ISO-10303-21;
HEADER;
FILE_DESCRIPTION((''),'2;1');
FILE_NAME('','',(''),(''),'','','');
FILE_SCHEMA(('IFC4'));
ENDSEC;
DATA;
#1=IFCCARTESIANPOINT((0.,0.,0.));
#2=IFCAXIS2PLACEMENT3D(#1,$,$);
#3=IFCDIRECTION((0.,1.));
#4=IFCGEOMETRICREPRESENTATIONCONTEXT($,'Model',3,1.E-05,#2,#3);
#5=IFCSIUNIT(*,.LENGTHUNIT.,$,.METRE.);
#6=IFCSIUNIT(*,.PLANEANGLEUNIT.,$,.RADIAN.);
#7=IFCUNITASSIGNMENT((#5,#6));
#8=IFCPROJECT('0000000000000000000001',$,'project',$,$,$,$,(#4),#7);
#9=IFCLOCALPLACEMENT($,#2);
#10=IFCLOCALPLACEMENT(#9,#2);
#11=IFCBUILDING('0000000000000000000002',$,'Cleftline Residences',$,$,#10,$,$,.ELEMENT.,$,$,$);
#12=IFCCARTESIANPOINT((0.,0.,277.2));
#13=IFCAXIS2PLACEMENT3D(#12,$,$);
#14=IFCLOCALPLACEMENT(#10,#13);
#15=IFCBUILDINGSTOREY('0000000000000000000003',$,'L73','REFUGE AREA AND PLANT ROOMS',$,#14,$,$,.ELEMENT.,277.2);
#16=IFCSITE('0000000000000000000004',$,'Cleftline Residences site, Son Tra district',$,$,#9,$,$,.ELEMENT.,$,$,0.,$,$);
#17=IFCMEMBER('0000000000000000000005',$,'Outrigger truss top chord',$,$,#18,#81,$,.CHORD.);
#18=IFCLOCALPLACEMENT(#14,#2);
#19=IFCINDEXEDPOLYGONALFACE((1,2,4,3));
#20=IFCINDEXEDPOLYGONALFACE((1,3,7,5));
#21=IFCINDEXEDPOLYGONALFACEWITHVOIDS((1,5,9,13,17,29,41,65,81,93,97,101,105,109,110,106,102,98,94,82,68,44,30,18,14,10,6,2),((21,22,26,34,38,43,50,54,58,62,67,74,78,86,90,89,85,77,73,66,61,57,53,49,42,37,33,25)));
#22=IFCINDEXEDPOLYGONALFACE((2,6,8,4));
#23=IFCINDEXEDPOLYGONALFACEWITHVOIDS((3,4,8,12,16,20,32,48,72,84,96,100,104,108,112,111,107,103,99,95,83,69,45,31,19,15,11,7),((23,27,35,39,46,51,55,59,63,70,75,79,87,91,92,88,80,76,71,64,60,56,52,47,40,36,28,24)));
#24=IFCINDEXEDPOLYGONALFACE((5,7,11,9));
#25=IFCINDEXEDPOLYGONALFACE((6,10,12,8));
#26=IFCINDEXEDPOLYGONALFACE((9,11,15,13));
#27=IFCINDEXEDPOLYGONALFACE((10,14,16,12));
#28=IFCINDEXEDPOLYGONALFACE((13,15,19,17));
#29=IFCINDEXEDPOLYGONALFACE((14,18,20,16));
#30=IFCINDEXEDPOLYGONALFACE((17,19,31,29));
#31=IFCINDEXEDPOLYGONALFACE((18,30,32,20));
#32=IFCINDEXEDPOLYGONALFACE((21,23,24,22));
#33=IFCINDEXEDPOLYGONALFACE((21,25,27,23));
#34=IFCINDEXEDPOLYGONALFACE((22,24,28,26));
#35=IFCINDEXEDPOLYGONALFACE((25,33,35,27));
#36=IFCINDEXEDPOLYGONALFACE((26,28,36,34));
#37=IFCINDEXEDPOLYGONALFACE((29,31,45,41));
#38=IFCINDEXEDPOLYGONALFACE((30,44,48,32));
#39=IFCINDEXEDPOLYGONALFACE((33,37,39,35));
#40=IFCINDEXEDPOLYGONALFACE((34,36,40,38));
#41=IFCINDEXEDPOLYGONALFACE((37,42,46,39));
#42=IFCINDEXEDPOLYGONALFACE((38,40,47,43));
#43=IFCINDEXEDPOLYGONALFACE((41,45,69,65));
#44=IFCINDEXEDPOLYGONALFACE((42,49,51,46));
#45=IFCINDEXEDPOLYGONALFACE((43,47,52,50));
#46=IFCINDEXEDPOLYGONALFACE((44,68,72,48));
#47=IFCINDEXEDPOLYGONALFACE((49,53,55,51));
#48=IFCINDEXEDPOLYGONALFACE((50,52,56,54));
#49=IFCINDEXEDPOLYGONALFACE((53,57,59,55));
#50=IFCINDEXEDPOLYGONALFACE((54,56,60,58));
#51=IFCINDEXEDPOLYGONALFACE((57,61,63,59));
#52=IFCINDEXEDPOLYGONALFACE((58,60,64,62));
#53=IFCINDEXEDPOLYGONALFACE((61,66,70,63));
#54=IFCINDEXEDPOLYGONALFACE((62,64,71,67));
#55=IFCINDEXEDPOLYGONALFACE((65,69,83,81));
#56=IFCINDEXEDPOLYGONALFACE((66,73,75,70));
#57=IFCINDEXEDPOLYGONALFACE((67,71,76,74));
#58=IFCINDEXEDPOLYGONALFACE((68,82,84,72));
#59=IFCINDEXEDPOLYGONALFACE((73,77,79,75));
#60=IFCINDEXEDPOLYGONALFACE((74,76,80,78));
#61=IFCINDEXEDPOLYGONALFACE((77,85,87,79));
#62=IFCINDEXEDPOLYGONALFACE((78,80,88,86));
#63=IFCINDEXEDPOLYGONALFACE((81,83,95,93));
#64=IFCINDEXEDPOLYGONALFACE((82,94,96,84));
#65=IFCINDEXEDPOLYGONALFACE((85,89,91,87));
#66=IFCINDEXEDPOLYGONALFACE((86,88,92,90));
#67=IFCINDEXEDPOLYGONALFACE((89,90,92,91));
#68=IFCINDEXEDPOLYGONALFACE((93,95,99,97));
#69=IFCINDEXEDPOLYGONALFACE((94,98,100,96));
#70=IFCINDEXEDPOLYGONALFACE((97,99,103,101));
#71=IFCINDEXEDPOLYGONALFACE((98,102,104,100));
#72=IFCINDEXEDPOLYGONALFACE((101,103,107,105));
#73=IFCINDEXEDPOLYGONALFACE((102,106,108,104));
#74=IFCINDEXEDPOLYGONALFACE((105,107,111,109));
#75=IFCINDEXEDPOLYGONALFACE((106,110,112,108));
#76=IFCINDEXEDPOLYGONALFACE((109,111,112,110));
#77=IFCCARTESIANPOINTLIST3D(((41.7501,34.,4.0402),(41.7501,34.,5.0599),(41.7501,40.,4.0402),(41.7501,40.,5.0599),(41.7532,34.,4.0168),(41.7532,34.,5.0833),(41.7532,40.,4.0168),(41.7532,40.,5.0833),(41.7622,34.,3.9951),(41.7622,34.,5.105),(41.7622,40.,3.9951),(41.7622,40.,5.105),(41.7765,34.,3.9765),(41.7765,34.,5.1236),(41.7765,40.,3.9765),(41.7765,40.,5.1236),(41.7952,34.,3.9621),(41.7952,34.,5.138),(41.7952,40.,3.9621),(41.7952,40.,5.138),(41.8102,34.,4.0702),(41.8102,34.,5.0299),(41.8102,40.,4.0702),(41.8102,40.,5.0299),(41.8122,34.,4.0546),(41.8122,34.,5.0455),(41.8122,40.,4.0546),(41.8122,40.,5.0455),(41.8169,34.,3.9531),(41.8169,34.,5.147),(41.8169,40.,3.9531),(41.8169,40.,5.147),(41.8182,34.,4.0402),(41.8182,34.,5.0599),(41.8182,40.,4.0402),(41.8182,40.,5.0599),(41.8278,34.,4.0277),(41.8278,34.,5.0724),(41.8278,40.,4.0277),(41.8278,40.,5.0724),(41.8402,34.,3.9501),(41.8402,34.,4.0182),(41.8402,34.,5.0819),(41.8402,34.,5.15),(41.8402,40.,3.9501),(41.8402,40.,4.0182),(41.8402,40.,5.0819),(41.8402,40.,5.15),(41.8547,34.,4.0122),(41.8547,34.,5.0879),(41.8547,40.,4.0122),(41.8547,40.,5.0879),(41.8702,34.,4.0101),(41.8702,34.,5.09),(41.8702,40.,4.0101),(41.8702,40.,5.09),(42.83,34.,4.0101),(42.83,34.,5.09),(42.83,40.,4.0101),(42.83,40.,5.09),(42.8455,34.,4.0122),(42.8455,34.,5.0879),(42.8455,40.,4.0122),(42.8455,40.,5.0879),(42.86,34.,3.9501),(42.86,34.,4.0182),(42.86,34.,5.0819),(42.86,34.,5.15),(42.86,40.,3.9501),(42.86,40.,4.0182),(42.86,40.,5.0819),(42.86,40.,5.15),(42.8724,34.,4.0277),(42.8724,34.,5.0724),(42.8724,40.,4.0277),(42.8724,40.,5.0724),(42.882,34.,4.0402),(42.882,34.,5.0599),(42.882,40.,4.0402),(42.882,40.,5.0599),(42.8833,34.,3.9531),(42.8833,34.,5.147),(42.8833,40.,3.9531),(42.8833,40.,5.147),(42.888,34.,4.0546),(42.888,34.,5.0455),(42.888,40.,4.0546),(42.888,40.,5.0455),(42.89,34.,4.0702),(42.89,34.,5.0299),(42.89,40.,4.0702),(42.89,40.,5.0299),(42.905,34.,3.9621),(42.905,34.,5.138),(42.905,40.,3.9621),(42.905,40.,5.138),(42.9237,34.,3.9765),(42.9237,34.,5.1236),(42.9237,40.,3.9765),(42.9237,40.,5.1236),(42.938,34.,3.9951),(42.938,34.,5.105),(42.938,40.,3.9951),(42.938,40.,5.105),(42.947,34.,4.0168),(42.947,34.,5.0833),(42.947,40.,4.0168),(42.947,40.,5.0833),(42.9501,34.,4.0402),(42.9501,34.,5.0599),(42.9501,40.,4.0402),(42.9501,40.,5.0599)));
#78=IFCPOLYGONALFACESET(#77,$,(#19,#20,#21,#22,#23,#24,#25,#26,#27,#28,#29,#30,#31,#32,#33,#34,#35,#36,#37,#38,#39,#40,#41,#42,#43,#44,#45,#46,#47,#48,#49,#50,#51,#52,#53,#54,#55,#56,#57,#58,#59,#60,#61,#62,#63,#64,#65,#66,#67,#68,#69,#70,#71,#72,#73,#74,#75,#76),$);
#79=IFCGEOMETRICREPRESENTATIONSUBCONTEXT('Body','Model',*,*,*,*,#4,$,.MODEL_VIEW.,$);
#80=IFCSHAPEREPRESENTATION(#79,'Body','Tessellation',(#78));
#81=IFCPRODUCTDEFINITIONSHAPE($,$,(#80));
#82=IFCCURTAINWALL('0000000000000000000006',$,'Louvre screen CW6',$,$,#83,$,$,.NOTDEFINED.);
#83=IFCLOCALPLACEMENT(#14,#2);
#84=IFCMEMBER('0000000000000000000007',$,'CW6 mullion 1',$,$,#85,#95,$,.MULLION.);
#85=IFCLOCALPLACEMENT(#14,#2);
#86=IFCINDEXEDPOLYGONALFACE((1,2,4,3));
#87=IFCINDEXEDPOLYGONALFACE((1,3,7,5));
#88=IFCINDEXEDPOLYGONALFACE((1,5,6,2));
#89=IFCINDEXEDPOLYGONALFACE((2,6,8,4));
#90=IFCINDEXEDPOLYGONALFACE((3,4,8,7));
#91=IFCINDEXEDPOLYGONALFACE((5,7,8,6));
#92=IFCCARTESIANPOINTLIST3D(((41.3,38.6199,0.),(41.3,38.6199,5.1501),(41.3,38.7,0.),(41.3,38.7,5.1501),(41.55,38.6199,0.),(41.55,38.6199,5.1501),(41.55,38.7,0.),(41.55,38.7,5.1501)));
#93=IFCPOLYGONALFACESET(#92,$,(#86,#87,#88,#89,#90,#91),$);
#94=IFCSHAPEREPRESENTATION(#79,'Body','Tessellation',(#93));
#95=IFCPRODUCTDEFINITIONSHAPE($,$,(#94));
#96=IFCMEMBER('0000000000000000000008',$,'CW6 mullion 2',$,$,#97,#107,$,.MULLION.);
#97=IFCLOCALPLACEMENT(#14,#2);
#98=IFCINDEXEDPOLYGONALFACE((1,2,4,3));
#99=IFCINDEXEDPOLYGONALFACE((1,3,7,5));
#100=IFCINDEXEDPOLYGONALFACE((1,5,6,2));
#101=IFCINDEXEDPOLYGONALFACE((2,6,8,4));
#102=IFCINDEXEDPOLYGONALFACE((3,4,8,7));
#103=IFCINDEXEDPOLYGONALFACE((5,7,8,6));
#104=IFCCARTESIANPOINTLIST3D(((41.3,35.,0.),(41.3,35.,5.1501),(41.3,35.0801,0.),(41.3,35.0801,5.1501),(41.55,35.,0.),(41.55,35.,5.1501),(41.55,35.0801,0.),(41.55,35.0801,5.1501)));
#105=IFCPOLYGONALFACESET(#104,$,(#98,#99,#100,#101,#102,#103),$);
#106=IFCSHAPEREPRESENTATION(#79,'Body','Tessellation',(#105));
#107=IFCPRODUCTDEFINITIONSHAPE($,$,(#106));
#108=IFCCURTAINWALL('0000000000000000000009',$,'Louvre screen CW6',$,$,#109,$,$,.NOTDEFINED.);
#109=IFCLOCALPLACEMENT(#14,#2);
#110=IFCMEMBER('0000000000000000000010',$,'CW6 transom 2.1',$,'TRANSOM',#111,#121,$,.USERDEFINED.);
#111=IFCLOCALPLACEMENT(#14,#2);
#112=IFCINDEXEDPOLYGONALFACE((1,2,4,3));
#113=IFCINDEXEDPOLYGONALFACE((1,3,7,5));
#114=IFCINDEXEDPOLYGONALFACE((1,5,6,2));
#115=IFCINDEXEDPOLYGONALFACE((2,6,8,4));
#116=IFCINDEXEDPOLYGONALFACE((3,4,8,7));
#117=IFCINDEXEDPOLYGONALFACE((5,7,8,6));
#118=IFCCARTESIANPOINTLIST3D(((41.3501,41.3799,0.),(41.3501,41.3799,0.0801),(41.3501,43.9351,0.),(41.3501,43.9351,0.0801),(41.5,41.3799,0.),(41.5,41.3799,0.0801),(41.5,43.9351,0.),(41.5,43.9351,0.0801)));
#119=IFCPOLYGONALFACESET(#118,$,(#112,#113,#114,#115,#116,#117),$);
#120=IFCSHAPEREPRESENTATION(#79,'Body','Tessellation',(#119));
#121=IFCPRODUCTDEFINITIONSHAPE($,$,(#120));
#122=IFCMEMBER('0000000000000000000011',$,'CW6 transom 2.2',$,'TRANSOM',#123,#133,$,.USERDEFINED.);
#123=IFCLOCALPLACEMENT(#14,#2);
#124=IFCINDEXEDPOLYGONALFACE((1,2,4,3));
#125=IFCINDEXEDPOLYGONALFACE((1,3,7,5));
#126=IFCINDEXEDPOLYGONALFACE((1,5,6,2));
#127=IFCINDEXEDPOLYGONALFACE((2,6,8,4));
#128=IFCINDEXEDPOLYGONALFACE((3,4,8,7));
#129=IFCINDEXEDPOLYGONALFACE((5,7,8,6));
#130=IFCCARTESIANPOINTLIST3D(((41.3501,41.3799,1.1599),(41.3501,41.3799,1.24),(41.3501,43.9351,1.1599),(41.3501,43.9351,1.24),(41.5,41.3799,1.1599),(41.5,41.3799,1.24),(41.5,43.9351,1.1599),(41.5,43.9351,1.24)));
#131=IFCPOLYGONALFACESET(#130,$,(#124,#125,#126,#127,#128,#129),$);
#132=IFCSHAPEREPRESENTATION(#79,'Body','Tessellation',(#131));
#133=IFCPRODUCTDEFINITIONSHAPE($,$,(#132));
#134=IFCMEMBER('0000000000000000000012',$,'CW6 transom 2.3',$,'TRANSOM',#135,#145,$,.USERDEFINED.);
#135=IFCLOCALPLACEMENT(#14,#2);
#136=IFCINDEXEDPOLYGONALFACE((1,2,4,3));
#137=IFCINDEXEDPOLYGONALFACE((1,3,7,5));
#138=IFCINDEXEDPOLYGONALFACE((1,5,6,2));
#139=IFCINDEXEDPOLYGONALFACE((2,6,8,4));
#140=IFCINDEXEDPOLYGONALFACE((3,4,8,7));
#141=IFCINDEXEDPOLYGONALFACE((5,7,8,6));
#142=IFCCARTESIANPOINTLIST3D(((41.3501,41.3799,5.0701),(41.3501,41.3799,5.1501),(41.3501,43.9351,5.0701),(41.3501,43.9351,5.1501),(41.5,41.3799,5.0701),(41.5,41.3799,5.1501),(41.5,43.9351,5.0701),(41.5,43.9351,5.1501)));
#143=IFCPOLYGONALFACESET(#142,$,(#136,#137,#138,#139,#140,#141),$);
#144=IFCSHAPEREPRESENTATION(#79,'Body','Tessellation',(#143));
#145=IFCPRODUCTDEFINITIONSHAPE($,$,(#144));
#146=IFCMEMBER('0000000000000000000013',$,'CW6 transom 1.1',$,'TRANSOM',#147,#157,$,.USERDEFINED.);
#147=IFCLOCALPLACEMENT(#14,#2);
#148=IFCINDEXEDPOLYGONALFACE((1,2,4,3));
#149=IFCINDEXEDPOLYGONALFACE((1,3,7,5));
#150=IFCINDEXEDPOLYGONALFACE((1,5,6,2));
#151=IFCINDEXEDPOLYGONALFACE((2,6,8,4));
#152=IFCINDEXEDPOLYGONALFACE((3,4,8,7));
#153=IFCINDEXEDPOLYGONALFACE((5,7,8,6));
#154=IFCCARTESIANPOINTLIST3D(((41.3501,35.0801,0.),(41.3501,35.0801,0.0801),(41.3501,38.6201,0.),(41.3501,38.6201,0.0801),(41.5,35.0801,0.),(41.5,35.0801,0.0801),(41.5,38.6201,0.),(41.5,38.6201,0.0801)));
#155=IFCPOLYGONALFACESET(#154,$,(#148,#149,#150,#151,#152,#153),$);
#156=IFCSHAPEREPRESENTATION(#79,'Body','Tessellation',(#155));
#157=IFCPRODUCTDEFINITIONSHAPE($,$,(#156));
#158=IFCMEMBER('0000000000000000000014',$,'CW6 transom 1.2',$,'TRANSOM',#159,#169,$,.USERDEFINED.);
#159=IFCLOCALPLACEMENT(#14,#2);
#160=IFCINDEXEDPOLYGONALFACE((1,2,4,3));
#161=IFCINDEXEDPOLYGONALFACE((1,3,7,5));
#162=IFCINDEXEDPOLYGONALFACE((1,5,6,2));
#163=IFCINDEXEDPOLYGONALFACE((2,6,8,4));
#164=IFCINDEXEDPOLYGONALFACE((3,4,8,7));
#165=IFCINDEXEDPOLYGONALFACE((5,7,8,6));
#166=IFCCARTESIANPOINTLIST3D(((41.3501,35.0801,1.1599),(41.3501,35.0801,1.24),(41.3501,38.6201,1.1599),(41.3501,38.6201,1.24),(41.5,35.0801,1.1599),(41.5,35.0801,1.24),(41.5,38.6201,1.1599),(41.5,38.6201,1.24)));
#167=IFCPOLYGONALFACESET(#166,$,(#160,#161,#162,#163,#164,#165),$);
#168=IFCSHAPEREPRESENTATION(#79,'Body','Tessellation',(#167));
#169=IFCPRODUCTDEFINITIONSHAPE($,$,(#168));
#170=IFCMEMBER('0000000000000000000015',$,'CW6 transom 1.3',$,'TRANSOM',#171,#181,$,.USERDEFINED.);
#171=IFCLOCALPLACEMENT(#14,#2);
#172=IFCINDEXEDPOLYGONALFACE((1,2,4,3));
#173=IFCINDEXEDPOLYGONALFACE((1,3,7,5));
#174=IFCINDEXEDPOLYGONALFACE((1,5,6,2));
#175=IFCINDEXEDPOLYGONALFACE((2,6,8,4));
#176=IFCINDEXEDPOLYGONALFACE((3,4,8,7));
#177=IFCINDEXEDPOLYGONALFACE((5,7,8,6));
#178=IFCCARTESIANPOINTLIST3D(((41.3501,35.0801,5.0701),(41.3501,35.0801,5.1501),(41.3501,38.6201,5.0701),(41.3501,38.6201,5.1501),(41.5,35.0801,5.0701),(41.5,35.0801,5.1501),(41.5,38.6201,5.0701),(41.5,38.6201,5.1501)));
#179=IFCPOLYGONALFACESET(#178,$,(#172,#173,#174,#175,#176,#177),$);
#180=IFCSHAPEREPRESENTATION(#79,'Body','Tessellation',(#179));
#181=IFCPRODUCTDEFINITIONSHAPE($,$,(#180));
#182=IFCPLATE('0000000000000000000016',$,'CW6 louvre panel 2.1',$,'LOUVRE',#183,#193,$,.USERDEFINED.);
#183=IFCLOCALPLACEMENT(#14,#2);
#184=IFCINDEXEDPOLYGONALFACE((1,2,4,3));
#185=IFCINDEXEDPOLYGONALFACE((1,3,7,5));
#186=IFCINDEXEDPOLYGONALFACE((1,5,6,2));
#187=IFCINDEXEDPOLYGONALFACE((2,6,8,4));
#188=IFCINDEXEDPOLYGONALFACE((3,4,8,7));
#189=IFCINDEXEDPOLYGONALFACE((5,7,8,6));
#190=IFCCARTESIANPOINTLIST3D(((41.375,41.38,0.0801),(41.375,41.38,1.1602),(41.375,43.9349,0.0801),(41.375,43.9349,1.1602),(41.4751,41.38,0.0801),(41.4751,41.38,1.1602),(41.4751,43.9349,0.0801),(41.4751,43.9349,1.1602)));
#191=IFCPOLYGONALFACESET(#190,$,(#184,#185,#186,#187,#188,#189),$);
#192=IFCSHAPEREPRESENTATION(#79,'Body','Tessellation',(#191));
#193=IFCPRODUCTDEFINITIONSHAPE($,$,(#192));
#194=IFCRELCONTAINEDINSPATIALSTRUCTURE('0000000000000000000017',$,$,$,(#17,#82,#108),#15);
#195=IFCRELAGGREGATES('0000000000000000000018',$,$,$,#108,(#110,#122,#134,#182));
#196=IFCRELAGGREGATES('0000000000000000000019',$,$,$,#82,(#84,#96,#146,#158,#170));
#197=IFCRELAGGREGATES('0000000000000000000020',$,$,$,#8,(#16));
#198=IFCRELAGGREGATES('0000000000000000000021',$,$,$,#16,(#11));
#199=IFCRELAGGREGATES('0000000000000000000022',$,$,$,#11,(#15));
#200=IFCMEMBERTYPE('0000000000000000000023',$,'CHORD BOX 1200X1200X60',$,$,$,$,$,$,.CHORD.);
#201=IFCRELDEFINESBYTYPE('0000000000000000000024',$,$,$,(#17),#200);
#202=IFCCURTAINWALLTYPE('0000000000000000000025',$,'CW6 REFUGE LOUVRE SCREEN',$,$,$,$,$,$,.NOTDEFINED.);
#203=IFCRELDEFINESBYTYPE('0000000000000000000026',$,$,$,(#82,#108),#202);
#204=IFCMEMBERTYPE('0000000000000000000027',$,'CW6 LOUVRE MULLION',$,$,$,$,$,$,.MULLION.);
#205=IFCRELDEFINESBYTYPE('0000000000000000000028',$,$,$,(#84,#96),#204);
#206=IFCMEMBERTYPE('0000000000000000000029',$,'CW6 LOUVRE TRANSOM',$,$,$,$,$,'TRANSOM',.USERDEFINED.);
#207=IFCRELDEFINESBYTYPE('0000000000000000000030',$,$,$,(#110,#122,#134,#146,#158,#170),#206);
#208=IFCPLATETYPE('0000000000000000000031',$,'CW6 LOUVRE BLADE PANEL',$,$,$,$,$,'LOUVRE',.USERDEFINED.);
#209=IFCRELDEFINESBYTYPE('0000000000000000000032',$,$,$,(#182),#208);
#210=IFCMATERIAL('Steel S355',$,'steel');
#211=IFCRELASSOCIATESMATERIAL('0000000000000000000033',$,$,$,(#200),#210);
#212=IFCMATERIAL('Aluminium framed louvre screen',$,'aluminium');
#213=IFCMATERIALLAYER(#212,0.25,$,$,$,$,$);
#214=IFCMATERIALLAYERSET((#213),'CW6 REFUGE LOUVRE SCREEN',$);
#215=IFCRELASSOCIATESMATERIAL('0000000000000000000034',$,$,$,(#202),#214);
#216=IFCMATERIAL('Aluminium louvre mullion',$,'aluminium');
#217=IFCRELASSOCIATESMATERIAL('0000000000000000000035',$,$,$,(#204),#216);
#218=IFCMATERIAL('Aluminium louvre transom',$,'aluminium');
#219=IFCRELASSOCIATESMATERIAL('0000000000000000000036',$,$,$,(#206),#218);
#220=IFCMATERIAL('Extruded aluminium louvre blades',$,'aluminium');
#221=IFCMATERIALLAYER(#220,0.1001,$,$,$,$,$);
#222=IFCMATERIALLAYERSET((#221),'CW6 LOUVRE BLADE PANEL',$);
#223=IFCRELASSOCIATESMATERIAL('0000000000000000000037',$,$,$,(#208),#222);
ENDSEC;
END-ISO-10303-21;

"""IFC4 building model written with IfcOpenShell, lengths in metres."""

from ifc_helpers import new_model, si_unit, direction, frame, origin, origin_2d, place, context, subcontext, project, spatial, rectangle, hollow_rectangle, extrude, material, layer, layer_set, material_profile, profile_set, type_object, element, aggregate, save


model = new_model("IFC4")

# Units and contexts
model_context = context("Model", 3, precision=1e-05, world=origin(), true_north=direction((0.0, 1.0)))
body_context = subcontext(model_context, "Body", "Model", "MODEL_VIEW")
ifc_project = project(units=[si_unit("LENGTHUNIT", "METRE"), si_unit("PLANEANGLEUNIT", "RADIAN")], contexts=[model_context])

# Site, building, storey
site_placement = place(None, origin())
site = spatial("IfcSite", under=ifc_project, at=site_placement, Name="Cleftline Residences site, Son Tra district", CompositionType="ELEMENT", RefElevation=0.0)
building_placement = place(site_placement, origin())
building = spatial("IfcBuilding", under=site, at=building_placement, Name="Cleftline Residences", CompositionType="ELEMENT")
storey_placement = place(building_placement, frame((0.0, 0.0, 277.2)))
storey = spatial("IfcBuildingStorey", under=building, at=storey_placement, Name="L73", Description="REFUGE AREA AND PLANT ROOMS", CompositionType="ELEMENT", Elevation=277.2)

# Member
ifc_material_1 = material(Name="Steel S355", Category="steel")
ifc_material_profile_1 = material_profile(ifc_material_1, hollow_rectangle(XDim=1.2, YDim=1.2, WallThickness=0.0601, InnerFilletRadius=0.0601, OuterFilletRadius=0.0901, at=origin_2d()))
ifc_profile_set_1 = profile_set([ifc_material_profile_1], Name="Steel S355")
member_type_1 = type_object("IfcMemberType", Name="CHORD BOX 1200X1200X60", PredefinedType="CHORD", material=ifc_profile_set_1)
for number, where, z_axis, x_axis, name in (
    (1, (42.3501, 40.0, 4.55), (0.0, -1.0, 0.0), (1.0, 0.0, 0.0), "Outrigger truss top chord"),
):
    element("IfcMember", number, at=place(storey_placement, frame(where, z_axis=z_axis, x_axis=x_axis)), inside=storey, type_object=member_type_1, Name=name, PredefinedType="CHORD", context=body_context, shape_type="SweptSolid", body=[
        extrude(hollow_rectangle(XDim=1.2, YDim=1.2, WallThickness=0.0601, InnerFilletRadius=0.0601, OuterFilletRadius=0.0901, at=origin_2d()), origin(), (0.0, 0.0, 1.0), 6.0),
    ])

# Curtain walls, members
ifc_material_2 = material(Name="Aluminium framed louvre screen", Category="aluminium")
ifc_layer_1 = layer(ifc_material_2, 0.25)
ifc_layer_set_1 = layer_set([ifc_layer_1], Name="CW6 REFUGE LOUVRE SCREEN")
curtain_wall_type = type_object("IfcCurtainWallType", Name="CW6 REFUGE LOUVRE SCREEN", PredefinedType="NOTDEFINED", material=ifc_layer_set_1)
curtain_wall_1_placement = place(storey_placement, origin())
curtain_wall_1 = element("IfcCurtainWall", 2, at=curtain_wall_1_placement, inside=storey, type_object=curtain_wall_type, Name="Louvre screen CW6", PredefinedType="NOTDEFINED")
ifc_material_3 = material(Name="Aluminium louvre mullion", Category="aluminium")
ifc_material_profile_2 = material_profile(ifc_material_3, rectangle(XDim=0.25, YDim=0.0801, at=origin_2d()))
ifc_profile_set_2 = profile_set([ifc_material_profile_2], Name="Aluminium louvre mullion")
member_type_2 = type_object("IfcMemberType", Name="CW6 LOUVRE MULLION", PredefinedType="MULLION", material=ifc_profile_set_2)
member_1_placement = place(storey_placement, frame((41.425, 38.6599, 0.0), z_axis=(0.0, 0.0, 1.0), x_axis=(1.0, 0.0, 0.0)))
member_1 = element("IfcMember", 3, at=member_1_placement, type_object=member_type_2, Name="CW6 mullion 1", PredefinedType="MULLION", context=body_context, shape_type="SweptSolid", body=[
    extrude(rectangle(XDim=0.25, YDim=0.0801, at=origin_2d()), origin(), (0.0, 0.0, 1.0), 5.1501),
])
member_2_placement = place(storey_placement, frame((41.425, 35.04, 0.0), z_axis=(0.0, 0.0, 1.0), x_axis=(1.0, 0.0, 0.0)))
member_2 = element("IfcMember", 4, at=member_2_placement, type_object=member_type_2, Name="CW6 mullion 2", PredefinedType="MULLION", context=body_context, shape_type="SweptSolid", body=[
    extrude(rectangle(XDim=0.25, YDim=0.0801, at=origin_2d()), origin(), (0.0, 0.0, 1.0), 5.1501),
])
curtain_wall_2_placement = place(storey_placement, origin())
curtain_wall_2 = element("IfcCurtainWall", 5, at=curtain_wall_2_placement, inside=storey, type_object=curtain_wall_type, Name="Louvre screen CW6", PredefinedType="NOTDEFINED")
ifc_material_4 = material(Name="Aluminium louvre transom", Category="aluminium")
ifc_material_profile_3 = material_profile(ifc_material_4, rectangle(XDim=0.1499, YDim=0.0801, at=origin_2d()))
ifc_profile_set_3 = profile_set([ifc_material_profile_3], Name="Aluminium louvre transom")
member_type_3 = type_object("IfcMemberType", Name="CW6 LOUVRE TRANSOM", ElementType="TRANSOM", PredefinedType="USERDEFINED", material=ifc_profile_set_3)
member_3_placement = place(storey_placement, frame((41.425, 43.9351, 0.04), z_axis=(0.0, -1.0, 0.0), x_axis=(1.0, 0.0, 0.0)))
member_3 = element("IfcMember", 6, at=member_3_placement, type_object=member_type_3, Name="CW6 transom 2.1", ObjectType="TRANSOM", PredefinedType="USERDEFINED", context=body_context, shape_type="SweptSolid", body=[
    extrude(rectangle(XDim=0.1499, YDim=0.0801, at=origin_2d()), origin(), (0.0, 0.0, 1.0), 2.5552),
])
member_4_placement = place(storey_placement, frame((41.425, 43.9351, 1.2), z_axis=(0.0, -1.0, 0.0), x_axis=(1.0, 0.0, 0.0)))
member_4 = element("IfcMember", 7, at=member_4_placement, type_object=member_type_3, Name="CW6 transom 2.2", ObjectType="TRANSOM", PredefinedType="USERDEFINED", context=body_context, shape_type="SweptSolid", body=[
    extrude(rectangle(XDim=0.1499, YDim=0.0801, at=origin_2d()), origin(), (0.0, 0.0, 1.0), 2.5552),
])
member_5_placement = place(storey_placement, frame((41.425, 43.9351, 5.1101), z_axis=(0.0, -1.0, 0.0), x_axis=(1.0, 0.0, 0.0)))
member_5 = element("IfcMember", 8, at=member_5_placement, type_object=member_type_3, Name="CW6 transom 2.3", ObjectType="TRANSOM", PredefinedType="USERDEFINED", context=body_context, shape_type="SweptSolid", body=[
    extrude(rectangle(XDim=0.1499, YDim=0.0801, at=origin_2d()), origin(), (0.0, 0.0, 1.0), 2.5552),
])

# Members
member_6_placement = place(storey_placement, frame((41.425, 38.6201, 0.04), z_axis=(0.0, -1.0, 0.0), x_axis=(1.0, 0.0, 0.0)))
member_6 = element("IfcMember", 9, at=member_6_placement, type_object=member_type_3, Name="CW6 transom 1.1", ObjectType="TRANSOM", PredefinedType="USERDEFINED", context=body_context, shape_type="SweptSolid", body=[
    extrude(rectangle(XDim=0.1499, YDim=0.0801, at=origin_2d()), origin(), (0.0, 0.0, 1.0), 3.54),
])
member_7_placement = place(storey_placement, frame((41.425, 38.6201, 1.2), z_axis=(0.0, -1.0, 0.0), x_axis=(1.0, 0.0, 0.0)))
member_7 = element("IfcMember", 10, at=member_7_placement, type_object=member_type_3, Name="CW6 transom 1.2", ObjectType="TRANSOM", PredefinedType="USERDEFINED", context=body_context, shape_type="SweptSolid", body=[
    extrude(rectangle(XDim=0.1499, YDim=0.0801, at=origin_2d()), origin(), (0.0, 0.0, 1.0), 3.54),
])
member_8_placement = place(storey_placement, frame((41.425, 38.6201, 5.1101), z_axis=(0.0, -1.0, 0.0), x_axis=(1.0, 0.0, 0.0)))
member_8 = element("IfcMember", 11, at=member_8_placement, type_object=member_type_3, Name="CW6 transom 1.3", ObjectType="TRANSOM", PredefinedType="USERDEFINED", context=body_context, shape_type="SweptSolid", body=[
    extrude(rectangle(XDim=0.1499, YDim=0.0801, at=origin_2d()), origin(), (0.0, 0.0, 1.0), 3.54),
])

# Plate
ifc_material_5 = material(Name="Extruded aluminium louvre blades", Category="aluminium")
ifc_layer_2 = layer(ifc_material_5, 0.1001)
ifc_layer_set_2 = layer_set([ifc_layer_2], Name="CW6 LOUVRE BLADE PANEL")
plate_type = type_object("IfcPlateType", Name="CW6 LOUVRE BLADE PANEL", ElementType="LOUVRE", PredefinedType="USERDEFINED", material=ifc_layer_set_2)
plate_1_placement = place(storey_placement, frame((41.425, 42.6575, 0.0801), z_axis=(0.0, 0.0, 1.0), x_axis=(0.0, -1.0, 0.0)))
plate_1 = element("IfcPlate", 12, at=plate_1_placement, type_object=plate_type, Name="CW6 louvre panel 2.1", ObjectType="LOUVRE", PredefinedType="USERDEFINED", context=body_context, shape_type="SweptSolid", body=[
    extrude(rectangle(XDim=2.5549, YDim=0.1001, at=origin_2d()), origin(), (0.0, 0.0, 1.0), 1.0801),
])
aggregate(curtain_wall_2, [member_3, member_4, member_5, plate_1])
aggregate(curtain_wall_1, [member_1, member_2, member_6, member_7, member_8])

save(model, "model.ifc")
